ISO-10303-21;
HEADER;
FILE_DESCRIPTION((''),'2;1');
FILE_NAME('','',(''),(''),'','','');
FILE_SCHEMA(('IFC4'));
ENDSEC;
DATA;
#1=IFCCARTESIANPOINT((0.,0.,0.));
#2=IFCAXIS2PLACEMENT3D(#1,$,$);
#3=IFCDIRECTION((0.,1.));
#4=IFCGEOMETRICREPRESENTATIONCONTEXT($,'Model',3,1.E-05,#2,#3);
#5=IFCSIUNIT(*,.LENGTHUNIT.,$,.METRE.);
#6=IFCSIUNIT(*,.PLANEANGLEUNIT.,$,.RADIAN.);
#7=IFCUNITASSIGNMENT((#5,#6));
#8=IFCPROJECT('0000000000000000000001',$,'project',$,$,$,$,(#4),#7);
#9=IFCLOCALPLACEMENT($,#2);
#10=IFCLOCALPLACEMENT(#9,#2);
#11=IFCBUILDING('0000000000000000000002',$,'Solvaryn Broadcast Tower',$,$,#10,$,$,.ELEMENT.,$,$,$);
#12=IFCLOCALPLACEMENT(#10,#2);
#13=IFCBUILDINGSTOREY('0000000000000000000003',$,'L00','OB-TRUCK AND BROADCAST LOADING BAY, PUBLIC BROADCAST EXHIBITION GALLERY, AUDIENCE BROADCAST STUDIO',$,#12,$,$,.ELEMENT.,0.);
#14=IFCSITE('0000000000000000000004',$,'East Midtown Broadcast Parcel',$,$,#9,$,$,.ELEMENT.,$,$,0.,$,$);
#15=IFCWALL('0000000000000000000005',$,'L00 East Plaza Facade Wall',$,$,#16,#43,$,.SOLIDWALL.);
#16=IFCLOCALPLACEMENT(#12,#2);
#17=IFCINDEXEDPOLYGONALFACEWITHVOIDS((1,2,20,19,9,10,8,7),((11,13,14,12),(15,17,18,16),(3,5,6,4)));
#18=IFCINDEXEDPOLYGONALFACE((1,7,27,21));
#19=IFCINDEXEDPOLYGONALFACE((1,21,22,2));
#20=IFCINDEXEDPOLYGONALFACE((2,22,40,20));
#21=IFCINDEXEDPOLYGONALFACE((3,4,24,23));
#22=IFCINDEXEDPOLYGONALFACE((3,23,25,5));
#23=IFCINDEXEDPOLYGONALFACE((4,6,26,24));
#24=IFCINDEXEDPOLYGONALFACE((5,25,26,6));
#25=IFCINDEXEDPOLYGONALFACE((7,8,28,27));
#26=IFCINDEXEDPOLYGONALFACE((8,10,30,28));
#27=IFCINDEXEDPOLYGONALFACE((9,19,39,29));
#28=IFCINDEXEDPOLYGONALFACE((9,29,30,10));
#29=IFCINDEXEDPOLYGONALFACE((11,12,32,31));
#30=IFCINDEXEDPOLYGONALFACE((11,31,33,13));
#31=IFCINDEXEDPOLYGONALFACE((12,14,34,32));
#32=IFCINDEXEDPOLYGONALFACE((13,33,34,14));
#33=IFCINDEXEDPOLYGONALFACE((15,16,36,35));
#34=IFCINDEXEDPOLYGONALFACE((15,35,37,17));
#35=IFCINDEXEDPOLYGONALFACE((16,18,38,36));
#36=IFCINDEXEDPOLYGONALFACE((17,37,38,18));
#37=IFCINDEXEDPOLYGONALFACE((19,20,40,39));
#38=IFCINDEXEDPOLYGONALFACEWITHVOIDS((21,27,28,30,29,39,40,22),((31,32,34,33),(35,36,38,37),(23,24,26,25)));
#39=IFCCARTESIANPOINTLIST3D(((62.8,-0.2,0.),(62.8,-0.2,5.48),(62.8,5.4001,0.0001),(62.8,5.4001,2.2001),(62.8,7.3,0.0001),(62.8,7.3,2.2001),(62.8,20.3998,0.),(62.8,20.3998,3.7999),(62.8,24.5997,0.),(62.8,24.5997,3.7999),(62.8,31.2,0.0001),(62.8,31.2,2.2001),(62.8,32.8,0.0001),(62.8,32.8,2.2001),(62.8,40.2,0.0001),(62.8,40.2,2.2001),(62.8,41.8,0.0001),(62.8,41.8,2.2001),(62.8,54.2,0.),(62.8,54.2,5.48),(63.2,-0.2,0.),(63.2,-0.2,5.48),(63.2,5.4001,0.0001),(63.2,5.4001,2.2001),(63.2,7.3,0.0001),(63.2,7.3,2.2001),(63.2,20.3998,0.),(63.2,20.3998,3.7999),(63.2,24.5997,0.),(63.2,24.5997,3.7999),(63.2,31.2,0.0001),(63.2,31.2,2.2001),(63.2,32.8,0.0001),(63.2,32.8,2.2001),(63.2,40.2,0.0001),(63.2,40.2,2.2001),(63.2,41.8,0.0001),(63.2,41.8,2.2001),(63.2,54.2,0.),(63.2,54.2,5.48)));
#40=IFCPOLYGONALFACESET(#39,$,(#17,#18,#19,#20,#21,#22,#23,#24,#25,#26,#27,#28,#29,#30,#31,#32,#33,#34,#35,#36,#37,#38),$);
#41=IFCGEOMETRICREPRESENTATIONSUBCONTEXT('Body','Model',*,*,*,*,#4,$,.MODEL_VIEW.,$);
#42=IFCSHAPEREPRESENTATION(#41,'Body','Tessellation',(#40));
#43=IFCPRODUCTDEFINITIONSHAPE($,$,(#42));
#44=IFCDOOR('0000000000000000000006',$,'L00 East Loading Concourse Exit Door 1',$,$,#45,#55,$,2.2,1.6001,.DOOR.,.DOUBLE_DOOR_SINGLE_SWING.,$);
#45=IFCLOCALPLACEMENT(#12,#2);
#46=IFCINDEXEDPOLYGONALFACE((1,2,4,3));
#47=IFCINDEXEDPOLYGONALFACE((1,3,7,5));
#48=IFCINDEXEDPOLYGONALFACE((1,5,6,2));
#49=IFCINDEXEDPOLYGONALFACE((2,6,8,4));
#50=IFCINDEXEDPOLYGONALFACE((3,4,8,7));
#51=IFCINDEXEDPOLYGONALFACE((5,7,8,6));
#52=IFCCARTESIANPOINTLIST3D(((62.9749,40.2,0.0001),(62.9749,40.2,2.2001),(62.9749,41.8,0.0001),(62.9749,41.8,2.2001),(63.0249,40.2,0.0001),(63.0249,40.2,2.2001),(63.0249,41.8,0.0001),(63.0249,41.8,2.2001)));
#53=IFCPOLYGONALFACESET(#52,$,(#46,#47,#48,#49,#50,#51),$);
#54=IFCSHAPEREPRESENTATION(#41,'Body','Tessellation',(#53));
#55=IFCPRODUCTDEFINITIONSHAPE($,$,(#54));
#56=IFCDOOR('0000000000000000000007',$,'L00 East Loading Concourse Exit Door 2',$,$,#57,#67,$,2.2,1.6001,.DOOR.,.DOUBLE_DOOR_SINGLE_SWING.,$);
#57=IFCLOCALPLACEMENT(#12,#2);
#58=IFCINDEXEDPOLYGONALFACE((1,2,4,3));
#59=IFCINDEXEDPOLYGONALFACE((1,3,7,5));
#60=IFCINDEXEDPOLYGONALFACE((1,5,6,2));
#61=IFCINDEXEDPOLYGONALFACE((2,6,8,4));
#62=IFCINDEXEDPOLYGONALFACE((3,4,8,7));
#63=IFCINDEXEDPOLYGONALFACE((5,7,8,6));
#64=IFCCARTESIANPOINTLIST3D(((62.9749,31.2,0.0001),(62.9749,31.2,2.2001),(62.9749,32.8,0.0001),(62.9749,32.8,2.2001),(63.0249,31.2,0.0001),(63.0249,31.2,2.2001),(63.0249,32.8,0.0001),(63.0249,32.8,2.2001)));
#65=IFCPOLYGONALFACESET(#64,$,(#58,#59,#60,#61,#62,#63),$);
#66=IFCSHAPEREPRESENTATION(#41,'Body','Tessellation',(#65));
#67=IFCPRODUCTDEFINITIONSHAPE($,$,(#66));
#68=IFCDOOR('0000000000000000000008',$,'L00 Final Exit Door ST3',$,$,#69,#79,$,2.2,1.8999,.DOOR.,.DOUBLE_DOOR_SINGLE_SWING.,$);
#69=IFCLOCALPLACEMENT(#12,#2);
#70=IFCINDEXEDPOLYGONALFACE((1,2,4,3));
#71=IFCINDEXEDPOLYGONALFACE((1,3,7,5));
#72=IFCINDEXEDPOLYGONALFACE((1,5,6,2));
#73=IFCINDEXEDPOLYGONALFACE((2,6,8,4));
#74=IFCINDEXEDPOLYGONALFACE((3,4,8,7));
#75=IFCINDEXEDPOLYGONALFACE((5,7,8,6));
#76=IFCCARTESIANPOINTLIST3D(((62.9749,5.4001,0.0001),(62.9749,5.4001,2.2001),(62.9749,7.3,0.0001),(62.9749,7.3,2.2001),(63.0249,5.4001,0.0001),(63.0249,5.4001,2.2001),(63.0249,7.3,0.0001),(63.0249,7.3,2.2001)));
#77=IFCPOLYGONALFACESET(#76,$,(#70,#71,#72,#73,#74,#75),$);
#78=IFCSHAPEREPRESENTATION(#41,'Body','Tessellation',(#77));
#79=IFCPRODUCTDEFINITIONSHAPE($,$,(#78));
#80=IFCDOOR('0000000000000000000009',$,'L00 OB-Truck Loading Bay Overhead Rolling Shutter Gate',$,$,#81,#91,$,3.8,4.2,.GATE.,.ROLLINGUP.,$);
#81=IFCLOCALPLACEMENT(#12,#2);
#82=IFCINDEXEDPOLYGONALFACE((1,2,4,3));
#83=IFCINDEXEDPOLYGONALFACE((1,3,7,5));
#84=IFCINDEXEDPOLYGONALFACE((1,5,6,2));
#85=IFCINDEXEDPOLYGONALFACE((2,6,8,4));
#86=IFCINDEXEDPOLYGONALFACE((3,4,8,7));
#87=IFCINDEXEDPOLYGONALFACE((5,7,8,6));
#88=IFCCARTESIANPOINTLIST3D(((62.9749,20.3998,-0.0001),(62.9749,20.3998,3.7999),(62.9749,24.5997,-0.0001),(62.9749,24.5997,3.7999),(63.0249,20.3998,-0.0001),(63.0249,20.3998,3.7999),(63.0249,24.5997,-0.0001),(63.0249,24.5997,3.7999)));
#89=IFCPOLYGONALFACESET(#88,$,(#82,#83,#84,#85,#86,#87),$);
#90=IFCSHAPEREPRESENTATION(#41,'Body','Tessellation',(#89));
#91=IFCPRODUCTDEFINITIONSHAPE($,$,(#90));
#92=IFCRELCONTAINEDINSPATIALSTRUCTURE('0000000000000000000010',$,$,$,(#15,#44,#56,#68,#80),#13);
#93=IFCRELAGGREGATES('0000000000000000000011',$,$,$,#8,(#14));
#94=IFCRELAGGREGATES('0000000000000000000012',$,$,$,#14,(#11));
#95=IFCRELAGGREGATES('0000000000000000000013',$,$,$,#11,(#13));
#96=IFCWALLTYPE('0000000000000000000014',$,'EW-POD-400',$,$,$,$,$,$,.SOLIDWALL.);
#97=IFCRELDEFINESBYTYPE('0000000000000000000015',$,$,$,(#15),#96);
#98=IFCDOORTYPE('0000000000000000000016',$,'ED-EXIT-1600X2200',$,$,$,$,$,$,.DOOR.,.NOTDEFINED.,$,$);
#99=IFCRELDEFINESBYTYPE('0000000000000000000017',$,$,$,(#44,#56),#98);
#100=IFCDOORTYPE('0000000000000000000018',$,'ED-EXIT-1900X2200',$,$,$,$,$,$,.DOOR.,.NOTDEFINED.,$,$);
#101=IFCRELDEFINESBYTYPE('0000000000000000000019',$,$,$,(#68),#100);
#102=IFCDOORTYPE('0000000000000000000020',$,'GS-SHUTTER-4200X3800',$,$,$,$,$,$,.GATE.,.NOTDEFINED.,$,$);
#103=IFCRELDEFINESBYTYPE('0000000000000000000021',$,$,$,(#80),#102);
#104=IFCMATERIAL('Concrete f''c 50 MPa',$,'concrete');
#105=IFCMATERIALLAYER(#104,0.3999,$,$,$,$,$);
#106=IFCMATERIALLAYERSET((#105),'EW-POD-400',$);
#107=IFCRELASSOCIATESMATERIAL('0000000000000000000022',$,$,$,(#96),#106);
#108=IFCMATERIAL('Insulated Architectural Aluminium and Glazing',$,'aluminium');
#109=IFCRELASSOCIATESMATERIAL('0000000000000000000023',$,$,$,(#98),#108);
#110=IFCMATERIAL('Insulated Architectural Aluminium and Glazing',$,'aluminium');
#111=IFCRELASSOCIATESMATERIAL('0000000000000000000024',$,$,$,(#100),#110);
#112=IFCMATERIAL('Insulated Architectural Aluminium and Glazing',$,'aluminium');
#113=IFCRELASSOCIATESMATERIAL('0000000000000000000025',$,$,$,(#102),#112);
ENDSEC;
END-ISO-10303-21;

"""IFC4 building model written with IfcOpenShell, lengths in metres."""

from ifc_helpers import new_model, si_unit, direction, frame, frame_2d, origin, place, context, subcontext, project, spatial, rectangle, extrude, material, layer, layer_set, type_object, element, fill, save


model = new_model("IFC4")

# Units and contexts
model_context = context("Model", 3, precision=1e-05, world=origin(), true_north=direction((0.0, 1.0)))
body_context = subcontext(model_context, "Body", "Model", "MODEL_VIEW")
ifc_project = project(units=[si_unit("LENGTHUNIT", "METRE"), si_unit("PLANEANGLEUNIT", "RADIAN")], contexts=[model_context])

# Site, building, storey
site_placement = place(None, origin())
site = spatial("IfcSite", under=ifc_project, at=site_placement, Name="East Midtown Broadcast Parcel", CompositionType="ELEMENT", RefElevation=0.0)
building_placement = place(site_placement, origin())
building = spatial("IfcBuilding", under=site, at=building_placement, Name="Solvaryn Broadcast Tower", CompositionType="ELEMENT")
storey_placement = place(building_placement, origin())
storey = spatial("IfcBuildingStorey", under=building, at=storey_placement, Name="L00", Description="OB-TRUCK AND BROADCAST LOADING BAY, PUBLIC BROADCAST EXHIBITION GALLERY, AUDIENCE BROADCAST STUDIO", CompositionType="ELEMENT", Elevation=0.0)

# Wall, openings, doors
ifc_material_1 = material(Name="Concrete f'c 50 MPa", Category="concrete")
ifc_layer_1 = layer(ifc_material_1, 0.3999)
ifc_layer_set_1 = layer_set([ifc_layer_1], Name="EW-POD-400")
wall_type = type_object("IfcWallType", Name="EW-POD-400", PredefinedType="SOLIDWALL", material=ifc_layer_set_1)
wall_placement = place(storey_placement, frame((63.0, 54.2, 0.0), z_axis=(0.0, 0.0, 1.0), x_axis=(0.0, -1.0, 0.0)))
wall = element("IfcWall", 1, at=wall_placement, inside=storey, type_object=wall_type, Name="L00 East Plaza Facade Wall", PredefinedType="SOLIDWALL", context=body_context, shape_type="SweptSolid", body=[
    extrude(rectangle(XDim=54.3999, YDim=0.3999, at=frame_2d((27.2, 0.0))), origin(), (0.0, 0.0, 1.0), 5.48),
])
opening_1_placement = place(wall_placement, frame((46.8999, 0.0, 0.0)))
opening_1 = element("IfcOpeningElement", 2, at=opening_1_placement, cuts=wall, PredefinedType="OPENING", context=body_context, shape_type="SweptSolid", body=[
    extrude(rectangle(XDim=1.8999, YDim=2.2, at=frame_2d((0.95, 1.1001))), frame((0.0, 0.21, 0.0), z_axis=(0.0, -1.0, 0.0), x_axis=(1.0, 0.0, 0.0)), (0.0, 0.0, 1.0), 0.4199),
])
opening_2_placement = place(wall_placement, frame((12.3999, 0.0, 0.0)))
opening_2 = element("IfcOpeningElement", 3, at=opening_2_placement, cuts=wall, PredefinedType="OPENING", context=body_context, shape_type="SweptSolid", body=[
    extrude(rectangle(XDim=1.6001, YDim=2.2, at=frame_2d((0.8, 1.1001))), frame((0.0, 0.21, 0.0), z_axis=(0.0, -1.0, 0.0), x_axis=(1.0, 0.0, 0.0)), (0.0, 0.0, 1.0), 0.4199),
])
opening_3_placement = place(wall_placement, frame((21.3999, 0.0, 0.0)))
opening_3 = element("IfcOpeningElement", 4, at=opening_3_placement, cuts=wall, PredefinedType="OPENING", context=body_context, shape_type="SweptSolid", body=[
    extrude(rectangle(XDim=1.6001, YDim=2.2, at=frame_2d((0.8, 1.1001))), frame((0.0, 0.21, 0.0), z_axis=(0.0, -1.0, 0.0), x_axis=(1.0, 0.0, 0.0)), (0.0, 0.0, 1.0), 0.4199),
])
opening_4_placement = place(wall_placement, frame((29.6001, 0.0, 0.0)))
opening_4 = element("IfcOpeningElement", 5, at=opening_4_placement, cuts=wall, PredefinedType="OPENING", context=body_context, shape_type="SweptSolid", body=[
    extrude(rectangle(XDim=4.2, YDim=3.8, at=frame_2d((2.1001, 1.8999))), frame((0.0, 0.21, 0.0), z_axis=(0.0, -1.0, 0.0), x_axis=(1.0, 0.0, 0.0)), (0.0, 0.0, 1.0), 0.4199),
])
ifc_material_2 = material(Name="Insulated Architectural Aluminium and Glazing", Category="aluminium")
door_type_1 = type_object("IfcDoorType", Name="ED-EXIT-1600X2200", OperationType="NOTDEFINED", PredefinedType="DOOR", material=ifc_material_2)
door_1_placement = place(opening_2_placement, origin())
door_1 = element("IfcDoor", 6, at=door_1_placement, inside=storey, type_object=door_type_1, Name="L00 East Loading Concourse Exit Door 1", OperationType="DOUBLE_DOOR_SINGLE_SWING", OverallHeight=2.2, OverallWidth=1.6001, PredefinedType="DOOR", context=body_context, shape_type="SweptSolid", body=[
    extrude(rectangle(XDim=1.6001, YDim=2.2, at=frame_2d((0.8, 1.1001))), frame((0.0, 0.0249, 0.0), z_axis=(0.0, -1.0, 0.0), x_axis=(1.0, 0.0, 0.0)), (0.0, 0.0, 1.0), 0.05),
])
fill(opening_2, door_1)
door_2_placement = place(opening_3_placement, origin())
door_2 = element("IfcDoor", 7, at=door_2_placement, inside=storey, type_object=door_type_1, Name="L00 East Loading Concourse Exit Door 2", OperationType="DOUBLE_DOOR_SINGLE_SWING", OverallHeight=2.2, OverallWidth=1.6001, PredefinedType="DOOR", context=body_context, shape_type="SweptSolid", body=[
    extrude(rectangle(XDim=1.6001, YDim=2.2, at=frame_2d((0.8, 1.1001))), frame((0.0, 0.0249, 0.0), z_axis=(0.0, -1.0, 0.0), x_axis=(1.0, 0.0, 0.0)), (0.0, 0.0, 1.0), 0.05),
])
fill(opening_3, door_2)
ifc_material_3 = material(Name="Insulated Architectural Aluminium and Glazing", Category="aluminium")
door_type_2 = type_object("IfcDoorType", Name="ED-EXIT-1900X2200", OperationType="NOTDEFINED", PredefinedType="DOOR", material=ifc_material_3)
door_3_placement = place(opening_1_placement, origin())
door_3 = element("IfcDoor", 8, at=door_3_placement, inside=storey, type_object=door_type_2, Name="L00 Final Exit Door ST3", OperationType="DOUBLE_DOOR_SINGLE_SWING", OverallHeight=2.2, OverallWidth=1.8999, PredefinedType="DOOR", context=body_context, shape_type="SweptSolid", body=[
    extrude(rectangle(XDim=1.8999, YDim=2.2, at=frame_2d((0.95, 1.1001))), frame((0.0, 0.0249, 0.0), z_axis=(0.0, -1.0, 0.0), x_axis=(1.0, 0.0, 0.0)), (0.0, 0.0, 1.0), 0.05),
])
fill(opening_1, door_3)
ifc_material_4 = material(Name="Insulated Architectural Aluminium and Glazing", Category="aluminium")
door_type_3 = type_object("IfcDoorType", Name="GS-SHUTTER-4200X3800", OperationType="NOTDEFINED", PredefinedType="GATE", material=ifc_material_4)
door_4_placement = place(opening_4_placement, origin())
door_4 = element("IfcDoor", 9, at=door_4_placement, inside=storey, type_object=door_type_3, Name="L00 OB-Truck Loading Bay Overhead Rolling Shutter Gate", OperationType="ROLLINGUP", OverallHeight=3.8, OverallWidth=4.2, PredefinedType="GATE", context=body_context, shape_type="SweptSolid", body=[
    extrude(rectangle(XDim=4.2, YDim=3.8, at=frame_2d((2.1001, 1.8999))), frame((0.0, 0.0249, 0.0), z_axis=(0.0, -1.0, 0.0), x_axis=(1.0, 0.0, 0.0)), (0.0, 0.0, 1.0), 0.05),
])
fill(opening_4, door_4)

save(model, "model.ifc")
